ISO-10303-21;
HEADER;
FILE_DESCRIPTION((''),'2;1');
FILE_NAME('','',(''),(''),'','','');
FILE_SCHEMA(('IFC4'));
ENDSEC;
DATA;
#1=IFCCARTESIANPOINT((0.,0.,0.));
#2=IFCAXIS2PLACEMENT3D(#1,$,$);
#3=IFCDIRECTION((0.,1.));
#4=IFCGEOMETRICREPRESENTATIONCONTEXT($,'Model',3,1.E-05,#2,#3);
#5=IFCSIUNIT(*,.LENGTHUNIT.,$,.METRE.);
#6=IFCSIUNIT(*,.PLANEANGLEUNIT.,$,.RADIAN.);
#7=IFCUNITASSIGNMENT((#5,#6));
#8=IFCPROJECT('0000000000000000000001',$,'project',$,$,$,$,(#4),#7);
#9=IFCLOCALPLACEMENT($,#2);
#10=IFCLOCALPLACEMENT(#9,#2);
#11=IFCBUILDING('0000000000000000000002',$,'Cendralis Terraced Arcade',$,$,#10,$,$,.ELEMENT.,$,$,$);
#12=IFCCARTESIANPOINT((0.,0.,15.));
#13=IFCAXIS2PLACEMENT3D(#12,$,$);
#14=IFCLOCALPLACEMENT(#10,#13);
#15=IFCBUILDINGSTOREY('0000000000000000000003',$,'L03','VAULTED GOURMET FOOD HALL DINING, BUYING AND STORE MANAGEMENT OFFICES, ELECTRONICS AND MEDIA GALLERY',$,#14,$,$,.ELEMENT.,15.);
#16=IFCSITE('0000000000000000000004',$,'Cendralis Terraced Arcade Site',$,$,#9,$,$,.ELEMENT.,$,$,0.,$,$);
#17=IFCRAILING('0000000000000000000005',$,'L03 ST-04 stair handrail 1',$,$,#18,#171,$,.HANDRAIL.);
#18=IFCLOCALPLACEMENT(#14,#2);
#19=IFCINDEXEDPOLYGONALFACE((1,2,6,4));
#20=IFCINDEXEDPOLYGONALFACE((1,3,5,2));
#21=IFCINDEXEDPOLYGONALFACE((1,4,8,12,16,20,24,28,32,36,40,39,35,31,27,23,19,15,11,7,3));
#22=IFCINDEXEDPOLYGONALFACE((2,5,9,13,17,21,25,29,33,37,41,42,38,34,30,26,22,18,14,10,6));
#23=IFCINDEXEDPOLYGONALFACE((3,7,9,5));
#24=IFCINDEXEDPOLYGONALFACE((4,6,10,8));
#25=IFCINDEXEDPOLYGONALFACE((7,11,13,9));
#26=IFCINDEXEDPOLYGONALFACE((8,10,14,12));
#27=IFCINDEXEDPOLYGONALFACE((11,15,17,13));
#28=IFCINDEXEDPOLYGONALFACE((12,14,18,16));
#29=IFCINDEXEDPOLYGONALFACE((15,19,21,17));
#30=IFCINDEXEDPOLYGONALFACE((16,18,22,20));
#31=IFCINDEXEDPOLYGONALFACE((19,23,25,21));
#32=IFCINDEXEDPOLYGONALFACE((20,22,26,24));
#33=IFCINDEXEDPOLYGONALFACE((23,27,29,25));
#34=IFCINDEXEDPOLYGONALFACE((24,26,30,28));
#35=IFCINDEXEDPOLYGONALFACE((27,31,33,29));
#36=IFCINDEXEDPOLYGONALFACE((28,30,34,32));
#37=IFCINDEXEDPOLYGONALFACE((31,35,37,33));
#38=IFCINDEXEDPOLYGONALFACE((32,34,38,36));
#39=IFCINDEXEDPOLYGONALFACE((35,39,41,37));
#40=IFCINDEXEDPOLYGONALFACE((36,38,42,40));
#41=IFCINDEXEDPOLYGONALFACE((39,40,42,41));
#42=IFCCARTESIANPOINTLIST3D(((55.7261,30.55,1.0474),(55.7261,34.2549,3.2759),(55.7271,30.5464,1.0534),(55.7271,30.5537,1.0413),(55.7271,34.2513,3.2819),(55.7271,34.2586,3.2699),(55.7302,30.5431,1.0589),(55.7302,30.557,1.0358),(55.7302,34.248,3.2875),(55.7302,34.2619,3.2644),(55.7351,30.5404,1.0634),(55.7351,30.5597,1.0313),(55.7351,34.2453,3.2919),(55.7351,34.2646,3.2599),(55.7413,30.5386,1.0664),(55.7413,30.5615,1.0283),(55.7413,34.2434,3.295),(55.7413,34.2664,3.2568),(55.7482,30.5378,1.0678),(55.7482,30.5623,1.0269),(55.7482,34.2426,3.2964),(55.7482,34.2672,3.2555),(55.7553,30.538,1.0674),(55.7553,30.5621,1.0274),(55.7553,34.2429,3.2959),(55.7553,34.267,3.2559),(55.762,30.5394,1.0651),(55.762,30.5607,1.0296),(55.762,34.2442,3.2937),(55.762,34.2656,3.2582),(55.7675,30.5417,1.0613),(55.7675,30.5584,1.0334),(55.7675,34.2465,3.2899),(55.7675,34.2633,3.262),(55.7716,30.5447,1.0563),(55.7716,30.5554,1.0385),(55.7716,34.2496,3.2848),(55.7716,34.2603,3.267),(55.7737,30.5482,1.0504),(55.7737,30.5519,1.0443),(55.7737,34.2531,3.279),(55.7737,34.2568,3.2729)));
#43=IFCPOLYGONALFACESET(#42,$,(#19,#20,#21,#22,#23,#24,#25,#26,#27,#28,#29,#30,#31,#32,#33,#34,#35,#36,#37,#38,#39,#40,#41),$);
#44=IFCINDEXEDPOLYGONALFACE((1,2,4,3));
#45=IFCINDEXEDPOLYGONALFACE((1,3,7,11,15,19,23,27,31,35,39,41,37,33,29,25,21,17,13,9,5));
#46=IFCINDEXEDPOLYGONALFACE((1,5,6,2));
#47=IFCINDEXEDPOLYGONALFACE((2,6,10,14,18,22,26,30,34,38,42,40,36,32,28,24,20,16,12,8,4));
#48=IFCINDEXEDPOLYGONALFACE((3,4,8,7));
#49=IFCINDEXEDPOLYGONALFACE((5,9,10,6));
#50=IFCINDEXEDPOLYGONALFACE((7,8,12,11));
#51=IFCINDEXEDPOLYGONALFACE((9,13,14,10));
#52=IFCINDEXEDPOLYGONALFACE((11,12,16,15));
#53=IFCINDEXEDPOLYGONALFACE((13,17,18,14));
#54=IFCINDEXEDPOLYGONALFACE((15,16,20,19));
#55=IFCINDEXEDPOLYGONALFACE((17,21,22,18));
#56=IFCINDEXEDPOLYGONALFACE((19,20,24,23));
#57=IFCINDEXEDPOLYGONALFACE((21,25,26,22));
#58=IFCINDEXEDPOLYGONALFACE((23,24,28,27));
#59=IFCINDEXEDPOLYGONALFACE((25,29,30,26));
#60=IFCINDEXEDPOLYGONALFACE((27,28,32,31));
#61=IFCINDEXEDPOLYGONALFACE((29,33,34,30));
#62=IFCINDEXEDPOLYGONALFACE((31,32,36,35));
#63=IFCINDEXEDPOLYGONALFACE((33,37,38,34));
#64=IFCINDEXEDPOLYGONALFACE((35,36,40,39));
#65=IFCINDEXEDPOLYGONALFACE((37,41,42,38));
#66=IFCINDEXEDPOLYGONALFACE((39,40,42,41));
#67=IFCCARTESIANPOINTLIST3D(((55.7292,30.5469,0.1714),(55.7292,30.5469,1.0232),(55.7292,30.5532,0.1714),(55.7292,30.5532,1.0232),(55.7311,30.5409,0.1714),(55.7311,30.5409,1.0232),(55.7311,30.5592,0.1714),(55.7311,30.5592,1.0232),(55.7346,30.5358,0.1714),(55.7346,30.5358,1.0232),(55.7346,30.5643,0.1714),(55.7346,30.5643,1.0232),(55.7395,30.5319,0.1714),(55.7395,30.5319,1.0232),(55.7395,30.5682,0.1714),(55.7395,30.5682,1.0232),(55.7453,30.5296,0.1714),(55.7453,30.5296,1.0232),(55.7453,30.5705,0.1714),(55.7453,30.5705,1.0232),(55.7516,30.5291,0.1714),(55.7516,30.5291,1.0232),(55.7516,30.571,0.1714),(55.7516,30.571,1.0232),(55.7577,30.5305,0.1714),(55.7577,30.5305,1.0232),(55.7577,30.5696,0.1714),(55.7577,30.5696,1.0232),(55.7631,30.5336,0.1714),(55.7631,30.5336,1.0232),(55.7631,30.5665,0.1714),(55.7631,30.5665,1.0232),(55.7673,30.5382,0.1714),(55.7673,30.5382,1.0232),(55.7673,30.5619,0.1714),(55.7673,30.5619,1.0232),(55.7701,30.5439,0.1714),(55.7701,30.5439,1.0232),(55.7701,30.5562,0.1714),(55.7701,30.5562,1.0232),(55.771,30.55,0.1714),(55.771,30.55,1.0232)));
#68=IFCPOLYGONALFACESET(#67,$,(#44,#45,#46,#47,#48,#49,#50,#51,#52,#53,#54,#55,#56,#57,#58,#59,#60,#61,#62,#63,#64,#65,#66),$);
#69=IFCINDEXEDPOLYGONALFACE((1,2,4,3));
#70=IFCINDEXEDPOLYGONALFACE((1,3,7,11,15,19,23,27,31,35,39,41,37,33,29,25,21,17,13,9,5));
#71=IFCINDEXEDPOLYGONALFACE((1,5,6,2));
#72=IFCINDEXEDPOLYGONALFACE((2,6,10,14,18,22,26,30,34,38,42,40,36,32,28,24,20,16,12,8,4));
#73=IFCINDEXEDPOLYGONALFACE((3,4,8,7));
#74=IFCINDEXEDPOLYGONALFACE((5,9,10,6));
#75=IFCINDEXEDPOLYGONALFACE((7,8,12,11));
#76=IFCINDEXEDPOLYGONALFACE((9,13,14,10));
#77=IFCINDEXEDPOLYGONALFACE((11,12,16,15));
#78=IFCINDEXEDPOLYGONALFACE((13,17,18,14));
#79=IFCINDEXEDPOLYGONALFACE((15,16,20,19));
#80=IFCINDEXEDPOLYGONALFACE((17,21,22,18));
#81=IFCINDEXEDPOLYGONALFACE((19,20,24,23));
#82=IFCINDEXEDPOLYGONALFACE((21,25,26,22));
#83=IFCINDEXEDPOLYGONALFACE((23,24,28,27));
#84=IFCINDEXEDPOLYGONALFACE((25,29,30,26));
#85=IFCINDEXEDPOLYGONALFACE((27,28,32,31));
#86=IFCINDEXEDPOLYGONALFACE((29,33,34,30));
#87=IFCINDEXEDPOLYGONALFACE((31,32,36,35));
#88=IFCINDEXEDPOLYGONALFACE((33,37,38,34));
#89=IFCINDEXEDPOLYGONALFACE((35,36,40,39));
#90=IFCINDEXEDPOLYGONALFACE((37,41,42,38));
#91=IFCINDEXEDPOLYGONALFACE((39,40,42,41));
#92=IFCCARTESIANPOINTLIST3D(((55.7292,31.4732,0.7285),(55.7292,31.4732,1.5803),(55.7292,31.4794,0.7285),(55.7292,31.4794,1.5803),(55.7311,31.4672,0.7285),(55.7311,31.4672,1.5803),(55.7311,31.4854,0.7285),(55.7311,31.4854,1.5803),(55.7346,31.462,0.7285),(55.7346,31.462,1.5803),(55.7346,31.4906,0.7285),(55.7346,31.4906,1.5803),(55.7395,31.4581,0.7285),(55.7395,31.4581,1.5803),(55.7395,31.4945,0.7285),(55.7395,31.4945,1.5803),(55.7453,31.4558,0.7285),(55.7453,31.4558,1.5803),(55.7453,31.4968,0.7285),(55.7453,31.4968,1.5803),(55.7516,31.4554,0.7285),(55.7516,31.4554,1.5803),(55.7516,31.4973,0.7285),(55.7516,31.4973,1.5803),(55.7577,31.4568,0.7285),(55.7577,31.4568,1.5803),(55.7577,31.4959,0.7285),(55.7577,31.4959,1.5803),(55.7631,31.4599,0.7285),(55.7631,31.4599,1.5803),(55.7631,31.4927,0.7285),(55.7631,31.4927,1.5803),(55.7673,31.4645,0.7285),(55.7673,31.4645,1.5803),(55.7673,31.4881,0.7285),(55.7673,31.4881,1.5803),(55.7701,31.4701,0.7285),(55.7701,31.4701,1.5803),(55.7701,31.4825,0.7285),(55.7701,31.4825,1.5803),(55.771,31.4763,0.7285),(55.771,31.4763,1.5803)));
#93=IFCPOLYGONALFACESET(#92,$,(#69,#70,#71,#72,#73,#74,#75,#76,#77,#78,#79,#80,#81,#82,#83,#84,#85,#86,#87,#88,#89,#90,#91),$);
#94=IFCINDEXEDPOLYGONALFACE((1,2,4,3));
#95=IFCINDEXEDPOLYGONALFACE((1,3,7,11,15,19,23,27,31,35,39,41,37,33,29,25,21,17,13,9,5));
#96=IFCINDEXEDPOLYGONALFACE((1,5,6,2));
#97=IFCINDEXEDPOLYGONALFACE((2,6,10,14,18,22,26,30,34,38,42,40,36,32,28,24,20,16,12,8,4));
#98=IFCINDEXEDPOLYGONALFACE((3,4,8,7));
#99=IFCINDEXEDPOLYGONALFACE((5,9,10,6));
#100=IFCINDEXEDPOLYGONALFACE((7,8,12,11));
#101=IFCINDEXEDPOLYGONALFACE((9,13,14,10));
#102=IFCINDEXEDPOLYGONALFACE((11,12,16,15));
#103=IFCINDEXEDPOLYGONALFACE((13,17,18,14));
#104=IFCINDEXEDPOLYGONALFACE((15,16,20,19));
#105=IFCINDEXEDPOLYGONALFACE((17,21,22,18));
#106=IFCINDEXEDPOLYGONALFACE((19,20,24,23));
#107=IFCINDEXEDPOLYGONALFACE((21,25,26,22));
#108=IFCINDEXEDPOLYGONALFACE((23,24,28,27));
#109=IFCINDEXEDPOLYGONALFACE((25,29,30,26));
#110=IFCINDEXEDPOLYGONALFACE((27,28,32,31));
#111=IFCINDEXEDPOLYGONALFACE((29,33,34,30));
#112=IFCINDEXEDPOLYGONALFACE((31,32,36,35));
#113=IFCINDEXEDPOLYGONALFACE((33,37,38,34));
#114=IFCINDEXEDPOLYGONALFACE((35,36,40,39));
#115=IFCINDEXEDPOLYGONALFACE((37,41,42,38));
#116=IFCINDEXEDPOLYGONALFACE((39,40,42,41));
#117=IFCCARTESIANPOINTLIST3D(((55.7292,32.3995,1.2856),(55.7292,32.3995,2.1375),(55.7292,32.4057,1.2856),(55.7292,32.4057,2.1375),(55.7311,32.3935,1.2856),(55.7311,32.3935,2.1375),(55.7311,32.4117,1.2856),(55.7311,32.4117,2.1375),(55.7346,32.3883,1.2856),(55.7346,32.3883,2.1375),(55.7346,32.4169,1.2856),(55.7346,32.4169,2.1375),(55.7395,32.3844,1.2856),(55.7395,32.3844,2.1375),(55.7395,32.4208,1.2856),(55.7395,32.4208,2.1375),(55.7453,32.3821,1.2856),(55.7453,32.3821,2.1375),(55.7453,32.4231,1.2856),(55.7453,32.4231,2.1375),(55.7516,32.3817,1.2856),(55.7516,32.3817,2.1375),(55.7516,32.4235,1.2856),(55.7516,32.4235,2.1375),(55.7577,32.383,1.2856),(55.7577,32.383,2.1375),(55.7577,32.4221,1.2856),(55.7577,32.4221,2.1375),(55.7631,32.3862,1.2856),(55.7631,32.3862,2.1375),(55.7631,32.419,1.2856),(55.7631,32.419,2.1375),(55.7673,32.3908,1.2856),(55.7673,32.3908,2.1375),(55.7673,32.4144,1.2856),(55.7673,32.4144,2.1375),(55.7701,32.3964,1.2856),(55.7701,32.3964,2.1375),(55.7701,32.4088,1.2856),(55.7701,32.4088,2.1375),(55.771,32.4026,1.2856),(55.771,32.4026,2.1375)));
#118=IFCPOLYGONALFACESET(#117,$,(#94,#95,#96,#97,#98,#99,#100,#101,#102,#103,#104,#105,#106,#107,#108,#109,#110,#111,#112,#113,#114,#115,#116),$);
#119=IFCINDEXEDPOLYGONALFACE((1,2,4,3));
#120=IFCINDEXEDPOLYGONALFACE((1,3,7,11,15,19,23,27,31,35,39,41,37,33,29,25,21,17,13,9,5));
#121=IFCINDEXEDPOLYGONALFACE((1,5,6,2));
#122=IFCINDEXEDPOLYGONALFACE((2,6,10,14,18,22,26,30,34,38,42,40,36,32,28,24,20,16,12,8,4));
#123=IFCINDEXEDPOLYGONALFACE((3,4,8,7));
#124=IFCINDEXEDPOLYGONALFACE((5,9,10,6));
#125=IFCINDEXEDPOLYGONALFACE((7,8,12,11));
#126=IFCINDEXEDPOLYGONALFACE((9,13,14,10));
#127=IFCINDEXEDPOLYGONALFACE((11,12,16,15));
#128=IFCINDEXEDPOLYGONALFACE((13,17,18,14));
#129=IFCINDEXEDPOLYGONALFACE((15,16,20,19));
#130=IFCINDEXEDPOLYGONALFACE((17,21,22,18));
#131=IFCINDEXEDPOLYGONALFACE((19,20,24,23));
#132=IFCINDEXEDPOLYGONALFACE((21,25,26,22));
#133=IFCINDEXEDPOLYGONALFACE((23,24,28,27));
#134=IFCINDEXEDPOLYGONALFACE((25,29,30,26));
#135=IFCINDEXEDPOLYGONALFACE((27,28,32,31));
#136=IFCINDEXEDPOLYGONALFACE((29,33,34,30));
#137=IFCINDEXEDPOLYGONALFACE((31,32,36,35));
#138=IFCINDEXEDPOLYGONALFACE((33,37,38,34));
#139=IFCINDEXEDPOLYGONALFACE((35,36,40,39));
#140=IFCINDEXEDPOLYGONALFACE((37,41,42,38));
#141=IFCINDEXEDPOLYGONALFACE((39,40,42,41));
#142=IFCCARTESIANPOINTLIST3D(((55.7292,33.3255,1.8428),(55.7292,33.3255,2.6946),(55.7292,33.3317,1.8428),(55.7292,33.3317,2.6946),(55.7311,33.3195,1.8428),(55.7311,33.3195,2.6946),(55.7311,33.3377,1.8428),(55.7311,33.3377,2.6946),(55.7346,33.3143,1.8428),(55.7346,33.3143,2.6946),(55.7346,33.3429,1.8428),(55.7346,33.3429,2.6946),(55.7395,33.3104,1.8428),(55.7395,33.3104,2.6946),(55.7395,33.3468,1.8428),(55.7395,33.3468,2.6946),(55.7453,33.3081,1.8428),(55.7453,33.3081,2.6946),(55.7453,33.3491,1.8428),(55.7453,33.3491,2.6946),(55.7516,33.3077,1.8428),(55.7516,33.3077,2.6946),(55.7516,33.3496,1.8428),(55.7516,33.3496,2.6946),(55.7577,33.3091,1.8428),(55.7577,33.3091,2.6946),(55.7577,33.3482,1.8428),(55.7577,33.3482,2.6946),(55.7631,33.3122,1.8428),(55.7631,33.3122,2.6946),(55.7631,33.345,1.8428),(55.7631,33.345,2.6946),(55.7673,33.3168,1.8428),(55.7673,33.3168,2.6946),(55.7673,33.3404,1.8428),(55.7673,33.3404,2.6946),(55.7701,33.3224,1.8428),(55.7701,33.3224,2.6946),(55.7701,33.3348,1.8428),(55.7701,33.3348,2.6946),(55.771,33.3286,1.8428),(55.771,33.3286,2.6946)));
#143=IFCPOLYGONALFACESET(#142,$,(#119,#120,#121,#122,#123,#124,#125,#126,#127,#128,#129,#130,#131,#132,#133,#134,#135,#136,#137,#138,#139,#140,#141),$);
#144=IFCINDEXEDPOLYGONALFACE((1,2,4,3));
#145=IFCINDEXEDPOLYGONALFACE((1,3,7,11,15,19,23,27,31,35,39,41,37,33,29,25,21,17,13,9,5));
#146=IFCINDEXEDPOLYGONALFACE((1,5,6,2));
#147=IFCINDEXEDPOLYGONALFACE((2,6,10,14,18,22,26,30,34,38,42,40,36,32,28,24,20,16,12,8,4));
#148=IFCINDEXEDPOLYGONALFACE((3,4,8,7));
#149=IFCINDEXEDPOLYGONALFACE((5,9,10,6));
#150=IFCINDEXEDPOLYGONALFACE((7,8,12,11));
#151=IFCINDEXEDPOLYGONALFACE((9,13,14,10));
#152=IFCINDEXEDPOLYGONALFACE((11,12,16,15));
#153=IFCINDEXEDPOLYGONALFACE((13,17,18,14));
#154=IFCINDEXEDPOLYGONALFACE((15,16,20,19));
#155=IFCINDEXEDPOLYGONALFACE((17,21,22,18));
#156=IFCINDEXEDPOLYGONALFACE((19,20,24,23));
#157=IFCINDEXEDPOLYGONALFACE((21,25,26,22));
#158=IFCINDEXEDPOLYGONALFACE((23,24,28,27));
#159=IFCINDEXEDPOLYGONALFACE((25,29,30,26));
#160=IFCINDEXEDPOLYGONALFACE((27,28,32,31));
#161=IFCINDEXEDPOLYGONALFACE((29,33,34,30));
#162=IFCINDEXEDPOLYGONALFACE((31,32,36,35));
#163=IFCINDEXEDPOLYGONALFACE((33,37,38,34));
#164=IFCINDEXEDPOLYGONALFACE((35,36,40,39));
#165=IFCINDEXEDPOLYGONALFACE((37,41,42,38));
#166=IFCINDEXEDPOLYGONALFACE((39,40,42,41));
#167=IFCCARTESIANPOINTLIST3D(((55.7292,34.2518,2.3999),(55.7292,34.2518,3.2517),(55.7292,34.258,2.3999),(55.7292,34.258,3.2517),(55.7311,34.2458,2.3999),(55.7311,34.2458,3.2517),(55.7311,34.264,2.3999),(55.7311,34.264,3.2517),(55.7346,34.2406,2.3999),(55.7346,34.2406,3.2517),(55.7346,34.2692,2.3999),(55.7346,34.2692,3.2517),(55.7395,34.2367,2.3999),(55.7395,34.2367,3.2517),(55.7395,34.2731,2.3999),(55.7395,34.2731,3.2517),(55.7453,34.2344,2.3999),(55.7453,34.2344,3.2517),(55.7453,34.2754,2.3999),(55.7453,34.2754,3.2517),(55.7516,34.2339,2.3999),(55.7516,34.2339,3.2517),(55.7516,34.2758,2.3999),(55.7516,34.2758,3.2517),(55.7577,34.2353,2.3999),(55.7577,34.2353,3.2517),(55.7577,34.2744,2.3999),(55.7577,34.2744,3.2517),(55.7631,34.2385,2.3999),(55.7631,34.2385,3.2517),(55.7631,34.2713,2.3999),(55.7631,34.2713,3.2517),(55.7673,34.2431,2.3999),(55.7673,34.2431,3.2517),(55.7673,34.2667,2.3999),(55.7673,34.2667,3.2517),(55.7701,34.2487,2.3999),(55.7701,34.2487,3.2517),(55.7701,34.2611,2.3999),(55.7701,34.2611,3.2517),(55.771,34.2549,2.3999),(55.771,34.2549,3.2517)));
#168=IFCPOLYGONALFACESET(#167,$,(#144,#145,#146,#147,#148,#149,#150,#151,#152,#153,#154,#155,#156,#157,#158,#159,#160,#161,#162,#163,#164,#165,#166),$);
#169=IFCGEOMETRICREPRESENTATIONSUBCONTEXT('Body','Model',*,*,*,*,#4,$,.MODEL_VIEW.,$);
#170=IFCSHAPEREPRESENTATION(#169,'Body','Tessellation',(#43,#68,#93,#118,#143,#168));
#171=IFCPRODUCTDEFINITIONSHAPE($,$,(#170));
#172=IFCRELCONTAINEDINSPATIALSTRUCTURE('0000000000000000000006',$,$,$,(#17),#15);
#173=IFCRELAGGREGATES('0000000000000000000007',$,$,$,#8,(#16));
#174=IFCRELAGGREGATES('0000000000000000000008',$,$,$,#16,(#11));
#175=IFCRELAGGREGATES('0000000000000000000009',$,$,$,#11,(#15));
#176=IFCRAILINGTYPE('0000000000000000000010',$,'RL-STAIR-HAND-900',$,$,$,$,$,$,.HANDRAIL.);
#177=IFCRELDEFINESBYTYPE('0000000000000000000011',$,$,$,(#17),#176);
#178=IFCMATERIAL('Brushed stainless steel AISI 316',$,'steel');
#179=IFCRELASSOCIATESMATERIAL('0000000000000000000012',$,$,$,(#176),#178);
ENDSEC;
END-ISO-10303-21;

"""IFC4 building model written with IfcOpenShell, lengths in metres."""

from ifc_helpers import new_model, si_unit, direction, frame, origin, origin_2d, place, context, subcontext, project, spatial, circle, extrude, material, type_object, element, save


model = new_model("IFC4")

# Units and contexts
model_context = context("Model", 3, precision=1e-05, world=origin(), true_north=direction((0.0, 1.0)))
body_context = subcontext(model_context, "Body", "Model", "MODEL_VIEW")
ifc_project = project(units=[si_unit("LENGTHUNIT", "METRE"), si_unit("PLANEANGLEUNIT", "RADIAN")], contexts=[model_context])

# Site, building, storey
site_placement = place(None, origin())
site = spatial("IfcSite", under=ifc_project, at=site_placement, Name="Cendralis Terraced Arcade Site", CompositionType="ELEMENT", RefElevation=0.0)
building_placement = place(site_placement, origin())
building = spatial("IfcBuilding", under=site, at=building_placement, Name="Cendralis Terraced Arcade", CompositionType="ELEMENT")
storey_placement = place(building_placement, frame((0.0, 0.0, 15.0)))
storey = spatial("IfcBuildingStorey", under=building, at=storey_placement, Name="L03", Description="VAULTED GOURMET FOOD HALL DINING, BUYING AND STORE MANAGEMENT OFFICES, ELECTRONICS AND MEDIA GALLERY", CompositionType="ELEMENT", Elevation=15.0)

# Railing
ifc_material_1 = material(Name="Brushed stainless steel AISI 316", Category="steel")
railing_type_1 = type_object("IfcRailingType", Name="RL-STAIR-HAND-900", PredefinedType="HANDRAIL", material=ifc_material_1)
railing_1_placement = place(storey_placement, frame((55.75, 30.55, 0.1714)))
element("IfcRailing", 1, at=railing_1_placement, inside=storey, type_object=railing_type_1, Name="L03 ST-04 stair handrail 1", PredefinedType="HANDRAIL", context=body_context, shape_type="SweptSolid", body=[
    extrude(circle(Radius=0.0239, at=origin_2d()), frame((0.0, 0.0, 0.876), z_axis=(0.0, 0.856919, 0.51545), x_axis=(-1.0, 0.0, 0.0)), (0.0, 0.0, 1.0), 4.3235),
    extrude(circle(Radius=0.021, at=origin_2d()), origin(), (0.0, 0.0, 1.0), 0.8518),
    extrude(circle(Radius=0.021, at=origin_2d()), frame((0.0, 0.9263, 0.5571)), (0.0, 0.0, 1.0), 0.8518),
    extrude(circle(Radius=0.021, at=origin_2d()), frame((0.0, 1.8525, 1.1143)), (0.0, 0.0, 1.0), 0.8518),
    extrude(circle(Radius=0.021, at=origin_2d()), frame((0.0, 2.7786, 1.6714)), (0.0, 0.0, 1.0), 0.8518),
    extrude(circle(Radius=0.021, at=origin_2d()), frame((0.0, 3.7048, 2.2285)), (0.0, 0.0, 1.0), 0.8518),
])

save(model, "model.ifc")
